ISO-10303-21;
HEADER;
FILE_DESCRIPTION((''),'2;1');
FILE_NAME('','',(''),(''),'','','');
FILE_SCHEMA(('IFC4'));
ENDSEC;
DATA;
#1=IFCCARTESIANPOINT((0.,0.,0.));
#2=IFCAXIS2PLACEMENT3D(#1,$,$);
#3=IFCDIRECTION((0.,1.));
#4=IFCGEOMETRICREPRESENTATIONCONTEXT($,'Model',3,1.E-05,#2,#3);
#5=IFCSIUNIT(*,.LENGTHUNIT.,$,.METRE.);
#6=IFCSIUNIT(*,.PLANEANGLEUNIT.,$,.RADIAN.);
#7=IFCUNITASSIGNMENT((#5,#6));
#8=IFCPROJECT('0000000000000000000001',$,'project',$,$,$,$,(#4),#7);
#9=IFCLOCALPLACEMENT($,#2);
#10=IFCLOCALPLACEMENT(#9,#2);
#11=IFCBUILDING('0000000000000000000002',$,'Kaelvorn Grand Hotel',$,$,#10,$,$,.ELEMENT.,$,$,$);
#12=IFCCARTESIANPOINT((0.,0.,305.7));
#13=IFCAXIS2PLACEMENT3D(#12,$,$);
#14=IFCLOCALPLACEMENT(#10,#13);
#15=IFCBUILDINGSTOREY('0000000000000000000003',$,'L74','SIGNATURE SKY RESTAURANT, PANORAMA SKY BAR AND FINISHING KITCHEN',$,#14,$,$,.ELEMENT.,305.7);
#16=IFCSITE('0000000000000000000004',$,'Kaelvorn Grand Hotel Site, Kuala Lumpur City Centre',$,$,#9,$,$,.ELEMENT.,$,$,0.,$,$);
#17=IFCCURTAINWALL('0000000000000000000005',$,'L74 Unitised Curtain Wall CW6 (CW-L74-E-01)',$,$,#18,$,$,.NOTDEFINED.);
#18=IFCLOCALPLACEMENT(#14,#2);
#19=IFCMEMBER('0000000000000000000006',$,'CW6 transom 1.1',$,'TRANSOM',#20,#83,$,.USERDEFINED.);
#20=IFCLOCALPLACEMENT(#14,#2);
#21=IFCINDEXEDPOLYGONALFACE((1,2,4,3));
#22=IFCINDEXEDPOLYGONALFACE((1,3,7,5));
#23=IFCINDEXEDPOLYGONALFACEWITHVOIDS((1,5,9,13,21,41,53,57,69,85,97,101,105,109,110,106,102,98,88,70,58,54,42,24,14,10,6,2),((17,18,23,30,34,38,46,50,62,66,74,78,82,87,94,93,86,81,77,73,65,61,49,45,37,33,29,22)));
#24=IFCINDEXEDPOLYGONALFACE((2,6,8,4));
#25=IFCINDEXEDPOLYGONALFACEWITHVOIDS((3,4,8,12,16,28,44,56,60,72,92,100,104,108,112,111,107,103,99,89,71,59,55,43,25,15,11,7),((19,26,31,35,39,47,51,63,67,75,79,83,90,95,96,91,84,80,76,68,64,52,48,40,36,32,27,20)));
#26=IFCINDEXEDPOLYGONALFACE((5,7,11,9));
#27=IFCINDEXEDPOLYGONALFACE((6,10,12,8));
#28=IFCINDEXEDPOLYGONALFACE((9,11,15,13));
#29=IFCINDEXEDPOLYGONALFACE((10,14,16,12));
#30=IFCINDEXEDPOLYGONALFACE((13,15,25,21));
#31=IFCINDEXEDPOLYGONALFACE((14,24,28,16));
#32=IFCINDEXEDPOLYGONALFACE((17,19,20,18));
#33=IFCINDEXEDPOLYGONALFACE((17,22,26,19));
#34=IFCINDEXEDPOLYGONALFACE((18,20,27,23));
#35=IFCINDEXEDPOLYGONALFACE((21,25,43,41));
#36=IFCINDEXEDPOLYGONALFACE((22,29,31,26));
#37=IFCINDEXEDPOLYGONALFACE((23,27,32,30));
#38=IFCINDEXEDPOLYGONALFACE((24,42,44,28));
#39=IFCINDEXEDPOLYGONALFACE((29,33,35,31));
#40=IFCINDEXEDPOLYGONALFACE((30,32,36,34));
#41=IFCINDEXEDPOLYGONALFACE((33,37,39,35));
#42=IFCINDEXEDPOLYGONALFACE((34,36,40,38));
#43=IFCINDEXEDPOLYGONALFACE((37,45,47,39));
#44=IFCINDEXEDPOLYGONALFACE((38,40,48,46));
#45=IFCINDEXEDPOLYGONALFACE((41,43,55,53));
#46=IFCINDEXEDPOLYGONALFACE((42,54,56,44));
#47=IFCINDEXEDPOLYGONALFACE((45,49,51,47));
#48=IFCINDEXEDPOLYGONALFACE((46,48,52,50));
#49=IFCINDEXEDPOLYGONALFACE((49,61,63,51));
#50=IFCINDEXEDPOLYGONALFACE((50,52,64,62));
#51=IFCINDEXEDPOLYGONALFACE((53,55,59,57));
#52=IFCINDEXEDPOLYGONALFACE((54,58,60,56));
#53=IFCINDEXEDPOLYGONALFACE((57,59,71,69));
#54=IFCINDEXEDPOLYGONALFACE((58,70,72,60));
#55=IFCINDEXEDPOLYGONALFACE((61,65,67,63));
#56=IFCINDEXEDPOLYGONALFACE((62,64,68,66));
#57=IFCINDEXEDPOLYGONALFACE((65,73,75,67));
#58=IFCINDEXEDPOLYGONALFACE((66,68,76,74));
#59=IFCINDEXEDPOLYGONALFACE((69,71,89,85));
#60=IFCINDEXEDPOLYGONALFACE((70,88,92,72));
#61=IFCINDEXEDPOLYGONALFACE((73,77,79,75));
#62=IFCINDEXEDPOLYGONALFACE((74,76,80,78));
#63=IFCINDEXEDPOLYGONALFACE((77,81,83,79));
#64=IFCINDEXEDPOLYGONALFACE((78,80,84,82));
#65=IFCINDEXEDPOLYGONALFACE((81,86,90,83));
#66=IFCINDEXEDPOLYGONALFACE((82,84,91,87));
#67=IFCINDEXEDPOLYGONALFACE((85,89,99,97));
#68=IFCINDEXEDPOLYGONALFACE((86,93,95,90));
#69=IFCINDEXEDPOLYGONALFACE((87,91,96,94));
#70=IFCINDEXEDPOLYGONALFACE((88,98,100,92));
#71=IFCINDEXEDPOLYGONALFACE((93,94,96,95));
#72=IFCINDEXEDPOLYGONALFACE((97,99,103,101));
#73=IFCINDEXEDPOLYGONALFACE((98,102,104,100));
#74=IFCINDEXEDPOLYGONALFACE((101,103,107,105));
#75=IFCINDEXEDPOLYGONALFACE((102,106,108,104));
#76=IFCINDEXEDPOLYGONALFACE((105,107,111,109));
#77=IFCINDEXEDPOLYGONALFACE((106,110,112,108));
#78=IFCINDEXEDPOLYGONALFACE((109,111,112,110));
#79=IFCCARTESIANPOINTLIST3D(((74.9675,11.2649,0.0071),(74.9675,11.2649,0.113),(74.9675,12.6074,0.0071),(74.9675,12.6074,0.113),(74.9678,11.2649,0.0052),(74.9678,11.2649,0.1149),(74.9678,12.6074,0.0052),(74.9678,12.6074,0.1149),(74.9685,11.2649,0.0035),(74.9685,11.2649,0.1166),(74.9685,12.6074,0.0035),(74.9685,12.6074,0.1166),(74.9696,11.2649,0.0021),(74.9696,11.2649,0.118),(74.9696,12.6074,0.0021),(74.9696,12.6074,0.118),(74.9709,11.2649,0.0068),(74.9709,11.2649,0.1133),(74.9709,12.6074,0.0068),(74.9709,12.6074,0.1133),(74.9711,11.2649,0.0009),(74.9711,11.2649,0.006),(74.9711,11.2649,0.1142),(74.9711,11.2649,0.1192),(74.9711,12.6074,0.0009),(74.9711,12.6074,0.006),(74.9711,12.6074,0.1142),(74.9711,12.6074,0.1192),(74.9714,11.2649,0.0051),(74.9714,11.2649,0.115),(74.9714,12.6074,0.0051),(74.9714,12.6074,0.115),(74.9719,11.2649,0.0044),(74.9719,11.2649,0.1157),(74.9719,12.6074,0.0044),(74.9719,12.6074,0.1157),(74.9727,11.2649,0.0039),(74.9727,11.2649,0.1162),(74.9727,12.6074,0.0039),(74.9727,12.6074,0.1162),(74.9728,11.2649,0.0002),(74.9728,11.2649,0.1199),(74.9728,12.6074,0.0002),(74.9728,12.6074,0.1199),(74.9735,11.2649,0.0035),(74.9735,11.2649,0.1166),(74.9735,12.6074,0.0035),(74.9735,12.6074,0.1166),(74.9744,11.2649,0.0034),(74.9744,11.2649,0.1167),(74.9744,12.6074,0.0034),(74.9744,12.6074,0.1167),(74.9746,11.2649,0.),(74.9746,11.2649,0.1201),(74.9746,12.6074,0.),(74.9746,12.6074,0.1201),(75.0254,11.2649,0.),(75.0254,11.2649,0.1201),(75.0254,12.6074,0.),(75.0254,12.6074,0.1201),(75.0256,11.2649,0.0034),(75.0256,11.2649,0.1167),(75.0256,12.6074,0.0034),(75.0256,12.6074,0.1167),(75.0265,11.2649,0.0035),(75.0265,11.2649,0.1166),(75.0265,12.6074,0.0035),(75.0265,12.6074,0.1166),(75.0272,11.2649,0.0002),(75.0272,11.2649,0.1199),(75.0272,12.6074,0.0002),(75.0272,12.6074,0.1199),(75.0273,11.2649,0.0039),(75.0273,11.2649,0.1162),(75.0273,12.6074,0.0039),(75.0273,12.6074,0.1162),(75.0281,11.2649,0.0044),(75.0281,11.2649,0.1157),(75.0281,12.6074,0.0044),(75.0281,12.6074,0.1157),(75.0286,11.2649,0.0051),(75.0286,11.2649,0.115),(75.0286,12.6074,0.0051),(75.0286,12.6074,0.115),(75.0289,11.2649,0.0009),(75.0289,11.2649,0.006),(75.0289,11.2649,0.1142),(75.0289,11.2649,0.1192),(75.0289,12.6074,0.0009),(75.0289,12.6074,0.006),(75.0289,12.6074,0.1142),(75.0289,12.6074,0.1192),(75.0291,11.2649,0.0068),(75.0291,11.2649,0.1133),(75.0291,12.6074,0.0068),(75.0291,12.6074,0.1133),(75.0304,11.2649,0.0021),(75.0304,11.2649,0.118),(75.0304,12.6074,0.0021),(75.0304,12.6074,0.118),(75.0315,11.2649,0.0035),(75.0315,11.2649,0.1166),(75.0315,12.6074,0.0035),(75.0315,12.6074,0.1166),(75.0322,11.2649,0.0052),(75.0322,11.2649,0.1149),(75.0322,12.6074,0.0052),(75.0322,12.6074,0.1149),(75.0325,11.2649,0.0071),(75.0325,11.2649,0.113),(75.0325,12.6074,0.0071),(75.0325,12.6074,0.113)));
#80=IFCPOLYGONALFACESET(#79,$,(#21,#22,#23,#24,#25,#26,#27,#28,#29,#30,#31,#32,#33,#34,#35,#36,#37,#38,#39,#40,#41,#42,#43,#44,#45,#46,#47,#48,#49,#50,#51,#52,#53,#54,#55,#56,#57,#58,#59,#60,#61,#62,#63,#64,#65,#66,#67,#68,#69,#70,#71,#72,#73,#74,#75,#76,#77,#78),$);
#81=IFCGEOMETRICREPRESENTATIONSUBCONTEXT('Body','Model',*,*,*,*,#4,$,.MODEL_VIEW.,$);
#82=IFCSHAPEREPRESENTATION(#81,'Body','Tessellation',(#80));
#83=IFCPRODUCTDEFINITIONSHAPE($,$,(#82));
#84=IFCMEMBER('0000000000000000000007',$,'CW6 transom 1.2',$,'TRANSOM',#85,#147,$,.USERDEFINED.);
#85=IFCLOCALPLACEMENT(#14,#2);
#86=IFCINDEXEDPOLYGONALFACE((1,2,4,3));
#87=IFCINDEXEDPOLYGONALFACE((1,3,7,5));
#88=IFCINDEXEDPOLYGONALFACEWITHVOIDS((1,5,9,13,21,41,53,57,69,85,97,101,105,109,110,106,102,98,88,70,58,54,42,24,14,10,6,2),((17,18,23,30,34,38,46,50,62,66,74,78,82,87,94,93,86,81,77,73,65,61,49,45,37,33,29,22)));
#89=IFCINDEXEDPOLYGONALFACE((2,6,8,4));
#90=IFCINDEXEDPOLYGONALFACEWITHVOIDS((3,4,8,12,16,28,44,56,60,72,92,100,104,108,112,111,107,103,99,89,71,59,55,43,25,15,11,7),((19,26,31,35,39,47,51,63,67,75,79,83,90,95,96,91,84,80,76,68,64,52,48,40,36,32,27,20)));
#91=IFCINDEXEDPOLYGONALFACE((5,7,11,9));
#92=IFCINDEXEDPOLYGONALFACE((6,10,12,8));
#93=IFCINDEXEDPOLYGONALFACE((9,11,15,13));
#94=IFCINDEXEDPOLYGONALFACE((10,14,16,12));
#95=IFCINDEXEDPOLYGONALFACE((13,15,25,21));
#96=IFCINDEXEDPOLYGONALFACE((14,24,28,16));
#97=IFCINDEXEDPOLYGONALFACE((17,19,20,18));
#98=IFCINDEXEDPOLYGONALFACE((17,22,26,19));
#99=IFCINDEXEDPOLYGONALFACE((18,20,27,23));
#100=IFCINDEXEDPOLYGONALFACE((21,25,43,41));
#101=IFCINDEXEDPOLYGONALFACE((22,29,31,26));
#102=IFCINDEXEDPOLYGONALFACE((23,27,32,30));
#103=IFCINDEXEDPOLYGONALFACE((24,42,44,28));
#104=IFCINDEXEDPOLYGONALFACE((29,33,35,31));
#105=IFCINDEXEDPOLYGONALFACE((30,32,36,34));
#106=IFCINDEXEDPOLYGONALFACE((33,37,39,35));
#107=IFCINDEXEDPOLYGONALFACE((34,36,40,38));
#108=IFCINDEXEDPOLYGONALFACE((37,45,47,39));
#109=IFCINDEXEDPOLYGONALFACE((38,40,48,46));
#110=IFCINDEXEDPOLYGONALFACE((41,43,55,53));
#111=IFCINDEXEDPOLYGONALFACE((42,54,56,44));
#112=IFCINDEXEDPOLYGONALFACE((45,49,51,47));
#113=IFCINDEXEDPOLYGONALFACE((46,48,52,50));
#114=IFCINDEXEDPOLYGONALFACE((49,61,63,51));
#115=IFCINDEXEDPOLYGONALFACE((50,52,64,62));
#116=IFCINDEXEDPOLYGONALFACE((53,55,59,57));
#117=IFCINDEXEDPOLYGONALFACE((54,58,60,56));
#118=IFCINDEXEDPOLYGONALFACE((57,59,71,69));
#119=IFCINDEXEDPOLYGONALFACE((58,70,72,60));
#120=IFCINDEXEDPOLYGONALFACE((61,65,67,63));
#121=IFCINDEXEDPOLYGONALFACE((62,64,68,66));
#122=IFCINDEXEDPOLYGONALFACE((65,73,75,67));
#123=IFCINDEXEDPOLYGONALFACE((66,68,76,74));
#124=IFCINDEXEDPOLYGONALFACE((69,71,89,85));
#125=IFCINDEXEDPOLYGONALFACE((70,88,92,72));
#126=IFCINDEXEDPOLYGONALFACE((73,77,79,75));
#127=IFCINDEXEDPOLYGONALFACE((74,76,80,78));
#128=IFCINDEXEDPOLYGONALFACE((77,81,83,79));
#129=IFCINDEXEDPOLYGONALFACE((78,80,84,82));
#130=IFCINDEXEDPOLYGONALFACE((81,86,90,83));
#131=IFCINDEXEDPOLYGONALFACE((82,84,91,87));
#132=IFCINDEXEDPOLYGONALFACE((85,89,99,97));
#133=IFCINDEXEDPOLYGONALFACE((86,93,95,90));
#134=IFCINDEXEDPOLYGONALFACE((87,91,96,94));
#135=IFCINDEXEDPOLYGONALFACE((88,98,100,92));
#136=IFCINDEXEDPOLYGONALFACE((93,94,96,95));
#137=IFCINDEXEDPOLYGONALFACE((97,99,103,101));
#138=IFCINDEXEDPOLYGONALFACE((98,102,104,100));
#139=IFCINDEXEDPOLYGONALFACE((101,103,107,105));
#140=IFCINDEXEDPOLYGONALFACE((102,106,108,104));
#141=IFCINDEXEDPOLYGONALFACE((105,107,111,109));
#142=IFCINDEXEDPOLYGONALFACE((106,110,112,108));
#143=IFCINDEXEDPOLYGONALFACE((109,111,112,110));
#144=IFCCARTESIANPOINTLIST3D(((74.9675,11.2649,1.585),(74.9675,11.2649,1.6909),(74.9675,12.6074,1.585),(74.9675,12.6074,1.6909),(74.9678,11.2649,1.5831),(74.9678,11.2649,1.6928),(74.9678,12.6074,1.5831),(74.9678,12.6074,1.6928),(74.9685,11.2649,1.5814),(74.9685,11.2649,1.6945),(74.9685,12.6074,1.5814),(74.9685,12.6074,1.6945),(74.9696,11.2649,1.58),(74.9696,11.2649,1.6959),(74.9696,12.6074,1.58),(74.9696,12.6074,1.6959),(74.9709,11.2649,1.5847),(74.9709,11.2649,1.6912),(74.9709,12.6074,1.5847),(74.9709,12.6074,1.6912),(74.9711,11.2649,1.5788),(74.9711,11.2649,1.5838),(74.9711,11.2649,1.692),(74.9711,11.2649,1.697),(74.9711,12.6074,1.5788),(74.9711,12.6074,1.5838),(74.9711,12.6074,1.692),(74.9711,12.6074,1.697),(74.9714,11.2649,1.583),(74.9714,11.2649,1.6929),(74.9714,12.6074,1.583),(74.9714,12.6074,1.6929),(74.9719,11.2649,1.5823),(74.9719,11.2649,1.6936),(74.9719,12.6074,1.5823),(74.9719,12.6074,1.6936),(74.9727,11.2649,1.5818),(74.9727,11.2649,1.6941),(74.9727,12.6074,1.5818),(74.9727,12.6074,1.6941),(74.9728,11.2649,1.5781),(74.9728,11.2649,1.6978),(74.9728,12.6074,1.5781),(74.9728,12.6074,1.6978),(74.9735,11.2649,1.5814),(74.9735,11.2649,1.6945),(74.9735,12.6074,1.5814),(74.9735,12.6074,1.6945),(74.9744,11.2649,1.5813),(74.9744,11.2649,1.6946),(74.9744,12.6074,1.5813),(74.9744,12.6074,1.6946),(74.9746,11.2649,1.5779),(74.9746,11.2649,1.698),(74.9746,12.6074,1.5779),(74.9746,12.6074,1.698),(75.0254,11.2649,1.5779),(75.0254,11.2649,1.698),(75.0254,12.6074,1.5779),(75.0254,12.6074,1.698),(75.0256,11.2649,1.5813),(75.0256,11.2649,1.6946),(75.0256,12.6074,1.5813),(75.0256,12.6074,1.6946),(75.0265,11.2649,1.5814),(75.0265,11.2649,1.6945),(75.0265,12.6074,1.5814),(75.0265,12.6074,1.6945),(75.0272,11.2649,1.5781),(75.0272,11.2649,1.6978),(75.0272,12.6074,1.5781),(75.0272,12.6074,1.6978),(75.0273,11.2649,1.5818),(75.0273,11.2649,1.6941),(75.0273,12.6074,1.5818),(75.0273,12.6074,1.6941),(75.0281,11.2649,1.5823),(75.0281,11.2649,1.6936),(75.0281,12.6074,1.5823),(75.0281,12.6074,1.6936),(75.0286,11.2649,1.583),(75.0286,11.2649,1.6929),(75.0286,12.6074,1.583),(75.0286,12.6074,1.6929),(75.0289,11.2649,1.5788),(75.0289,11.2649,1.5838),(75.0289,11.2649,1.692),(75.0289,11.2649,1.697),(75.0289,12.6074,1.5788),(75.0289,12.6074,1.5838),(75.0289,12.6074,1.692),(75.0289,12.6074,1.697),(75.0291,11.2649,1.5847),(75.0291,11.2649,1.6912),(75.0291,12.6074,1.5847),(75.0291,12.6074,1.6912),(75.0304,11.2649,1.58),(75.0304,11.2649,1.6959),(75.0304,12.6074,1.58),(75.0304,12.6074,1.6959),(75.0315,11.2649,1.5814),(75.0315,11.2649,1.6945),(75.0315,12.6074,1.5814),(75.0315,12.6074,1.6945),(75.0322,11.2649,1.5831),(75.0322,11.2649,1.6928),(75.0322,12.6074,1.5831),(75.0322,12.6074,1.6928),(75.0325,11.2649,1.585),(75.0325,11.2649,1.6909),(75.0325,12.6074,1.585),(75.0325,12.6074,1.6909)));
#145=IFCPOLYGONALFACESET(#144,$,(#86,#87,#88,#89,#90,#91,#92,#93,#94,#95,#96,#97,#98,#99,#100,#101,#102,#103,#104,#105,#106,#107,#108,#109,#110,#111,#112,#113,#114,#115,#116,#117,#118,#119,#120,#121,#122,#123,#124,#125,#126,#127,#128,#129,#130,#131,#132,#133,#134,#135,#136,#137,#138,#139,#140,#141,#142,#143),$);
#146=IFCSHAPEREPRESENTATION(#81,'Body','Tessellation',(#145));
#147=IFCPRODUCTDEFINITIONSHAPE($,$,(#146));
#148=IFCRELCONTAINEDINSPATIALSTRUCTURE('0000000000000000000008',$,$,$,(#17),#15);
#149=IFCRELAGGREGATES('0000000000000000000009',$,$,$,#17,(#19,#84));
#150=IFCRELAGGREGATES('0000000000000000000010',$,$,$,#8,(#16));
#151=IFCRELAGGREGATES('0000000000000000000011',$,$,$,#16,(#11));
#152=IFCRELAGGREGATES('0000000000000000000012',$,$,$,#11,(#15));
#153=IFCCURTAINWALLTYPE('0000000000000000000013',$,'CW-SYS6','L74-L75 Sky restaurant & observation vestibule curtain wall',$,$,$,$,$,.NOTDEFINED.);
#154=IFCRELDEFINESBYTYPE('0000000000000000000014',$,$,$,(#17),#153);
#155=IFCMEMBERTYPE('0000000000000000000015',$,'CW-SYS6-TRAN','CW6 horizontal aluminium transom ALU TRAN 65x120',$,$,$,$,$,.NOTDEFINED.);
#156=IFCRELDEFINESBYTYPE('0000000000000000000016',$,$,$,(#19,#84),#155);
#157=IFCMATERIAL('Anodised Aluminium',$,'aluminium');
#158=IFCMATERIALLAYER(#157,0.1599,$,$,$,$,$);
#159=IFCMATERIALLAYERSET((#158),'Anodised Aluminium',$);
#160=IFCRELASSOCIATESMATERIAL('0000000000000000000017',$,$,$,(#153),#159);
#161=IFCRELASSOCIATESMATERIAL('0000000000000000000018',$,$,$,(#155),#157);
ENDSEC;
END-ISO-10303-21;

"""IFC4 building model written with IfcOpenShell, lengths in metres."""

from ifc_helpers import new_model, si_unit, direction, frame, origin, origin_2d, place, context, subcontext, project, spatial, hollow_rectangle, extrude, material, layer, layer_set, material_profile, profile_set, type_object, element, aggregate, save


model = new_model("IFC4")

# Units and contexts
model_context = context("Model", 3, precision=1e-05, world=origin(), true_north=direction((0.0, 1.0)))
body_context = subcontext(model_context, "Body", "Model", "MODEL_VIEW")
ifc_project = project(units=[si_unit("LENGTHUNIT", "METRE"), si_unit("PLANEANGLEUNIT", "RADIAN")], contexts=[model_context])

# Site, building, storey
site_placement = place(None, origin())
site = spatial("IfcSite", under=ifc_project, at=site_placement, Name="Kaelvorn Grand Hotel Site, Kuala Lumpur City Centre", CompositionType="ELEMENT", RefElevation=0.0)
building_placement = place(site_placement, origin())
building = spatial("IfcBuilding", under=site, at=building_placement, Name="Kaelvorn Grand Hotel", CompositionType="ELEMENT")
storey_placement = place(building_placement, frame((0.0, 0.0, 305.7)))
storey = spatial("IfcBuildingStorey", under=building, at=storey_placement, Name="L74", Description="SIGNATURE SKY RESTAURANT, PANORAMA SKY BAR AND FINISHING KITCHEN", CompositionType="ELEMENT", Elevation=305.7)

# Curtain wall, members
ifc_material_1 = material(Name="Anodised Aluminium", Category="aluminium")
ifc_layer_1 = layer(ifc_material_1, 0.1599)
ifc_layer_set_1 = layer_set([ifc_layer_1], Name="Anodised Aluminium")
curtain_wall_type = type_object("IfcCurtainWallType", Name="CW-SYS6", Description="L74-L75 Sky restaurant & observation vestibule curtain wall", PredefinedType="NOTDEFINED", material=ifc_layer_set_1)
curtain_wall_placement = place(storey_placement, origin())
curtain_wall = element("IfcCurtainWall", 1, at=curtain_wall_placement, inside=storey, type_object=curtain_wall_type, Name="L74 Unitised Curtain Wall CW6 (CW-L74-E-01)", PredefinedType="NOTDEFINED")
ifc_material_profile_1 = material_profile(ifc_material_1, hollow_rectangle(XDim=0.0649, YDim=0.1201, WallThickness=0.0034, InnerFilletRadius=0.0034, OuterFilletRadius=0.0071, at=origin_2d()), Name="ALU TRAN 65x120")
ifc_profile_set_1 = profile_set([ifc_material_profile_1], Name="Anodised Aluminium")
member_type_1 = type_object("IfcMemberType", Name="CW-SYS6-TRAN", Description="CW6 horizontal aluminium transom ALU TRAN 65x120", PredefinedType="NOTDEFINED", material=ifc_profile_set_1)
member_1_placement = place(storey_placement, frame((75.0, 11.2649, 0.0601), z_axis=(0.0, 1.0, 0.0), x_axis=(-1.0, 0.0, 0.0)))
member_1 = element("IfcMember", 2, at=member_1_placement, type_object=member_type_1, Name="CW6 transom 1.1", ObjectType="TRANSOM", PredefinedType="USERDEFINED", context=body_context, shape_type="SweptSolid", body=[
    extrude(hollow_rectangle(XDim=0.0649, YDim=0.1201, WallThickness=0.0034, InnerFilletRadius=0.0034, OuterFilletRadius=0.0071, at=origin_2d()), origin(), (0.0, 0.0, 1.0), 1.3425),
])
member_2_placement = place(storey_placement, frame((75.0, 11.2649, 1.6379), z_axis=(0.0, 1.0, 0.0), x_axis=(-1.0, 0.0, 0.0)))
member_2 = element("IfcMember", 3, at=member_2_placement, type_object=member_type_1, Name="CW6 transom 1.2", ObjectType="TRANSOM", PredefinedType="USERDEFINED", context=body_context, shape_type="SweptSolid", body=[
    extrude(hollow_rectangle(XDim=0.0649, YDim=0.1201, WallThickness=0.0034, InnerFilletRadius=0.0034, OuterFilletRadius=0.0071, at=origin_2d()), origin(), (0.0, 0.0, 1.0), 1.3425),
])
aggregate(curtain_wall, [member_1, member_2])

save(model, "model.ifc")
